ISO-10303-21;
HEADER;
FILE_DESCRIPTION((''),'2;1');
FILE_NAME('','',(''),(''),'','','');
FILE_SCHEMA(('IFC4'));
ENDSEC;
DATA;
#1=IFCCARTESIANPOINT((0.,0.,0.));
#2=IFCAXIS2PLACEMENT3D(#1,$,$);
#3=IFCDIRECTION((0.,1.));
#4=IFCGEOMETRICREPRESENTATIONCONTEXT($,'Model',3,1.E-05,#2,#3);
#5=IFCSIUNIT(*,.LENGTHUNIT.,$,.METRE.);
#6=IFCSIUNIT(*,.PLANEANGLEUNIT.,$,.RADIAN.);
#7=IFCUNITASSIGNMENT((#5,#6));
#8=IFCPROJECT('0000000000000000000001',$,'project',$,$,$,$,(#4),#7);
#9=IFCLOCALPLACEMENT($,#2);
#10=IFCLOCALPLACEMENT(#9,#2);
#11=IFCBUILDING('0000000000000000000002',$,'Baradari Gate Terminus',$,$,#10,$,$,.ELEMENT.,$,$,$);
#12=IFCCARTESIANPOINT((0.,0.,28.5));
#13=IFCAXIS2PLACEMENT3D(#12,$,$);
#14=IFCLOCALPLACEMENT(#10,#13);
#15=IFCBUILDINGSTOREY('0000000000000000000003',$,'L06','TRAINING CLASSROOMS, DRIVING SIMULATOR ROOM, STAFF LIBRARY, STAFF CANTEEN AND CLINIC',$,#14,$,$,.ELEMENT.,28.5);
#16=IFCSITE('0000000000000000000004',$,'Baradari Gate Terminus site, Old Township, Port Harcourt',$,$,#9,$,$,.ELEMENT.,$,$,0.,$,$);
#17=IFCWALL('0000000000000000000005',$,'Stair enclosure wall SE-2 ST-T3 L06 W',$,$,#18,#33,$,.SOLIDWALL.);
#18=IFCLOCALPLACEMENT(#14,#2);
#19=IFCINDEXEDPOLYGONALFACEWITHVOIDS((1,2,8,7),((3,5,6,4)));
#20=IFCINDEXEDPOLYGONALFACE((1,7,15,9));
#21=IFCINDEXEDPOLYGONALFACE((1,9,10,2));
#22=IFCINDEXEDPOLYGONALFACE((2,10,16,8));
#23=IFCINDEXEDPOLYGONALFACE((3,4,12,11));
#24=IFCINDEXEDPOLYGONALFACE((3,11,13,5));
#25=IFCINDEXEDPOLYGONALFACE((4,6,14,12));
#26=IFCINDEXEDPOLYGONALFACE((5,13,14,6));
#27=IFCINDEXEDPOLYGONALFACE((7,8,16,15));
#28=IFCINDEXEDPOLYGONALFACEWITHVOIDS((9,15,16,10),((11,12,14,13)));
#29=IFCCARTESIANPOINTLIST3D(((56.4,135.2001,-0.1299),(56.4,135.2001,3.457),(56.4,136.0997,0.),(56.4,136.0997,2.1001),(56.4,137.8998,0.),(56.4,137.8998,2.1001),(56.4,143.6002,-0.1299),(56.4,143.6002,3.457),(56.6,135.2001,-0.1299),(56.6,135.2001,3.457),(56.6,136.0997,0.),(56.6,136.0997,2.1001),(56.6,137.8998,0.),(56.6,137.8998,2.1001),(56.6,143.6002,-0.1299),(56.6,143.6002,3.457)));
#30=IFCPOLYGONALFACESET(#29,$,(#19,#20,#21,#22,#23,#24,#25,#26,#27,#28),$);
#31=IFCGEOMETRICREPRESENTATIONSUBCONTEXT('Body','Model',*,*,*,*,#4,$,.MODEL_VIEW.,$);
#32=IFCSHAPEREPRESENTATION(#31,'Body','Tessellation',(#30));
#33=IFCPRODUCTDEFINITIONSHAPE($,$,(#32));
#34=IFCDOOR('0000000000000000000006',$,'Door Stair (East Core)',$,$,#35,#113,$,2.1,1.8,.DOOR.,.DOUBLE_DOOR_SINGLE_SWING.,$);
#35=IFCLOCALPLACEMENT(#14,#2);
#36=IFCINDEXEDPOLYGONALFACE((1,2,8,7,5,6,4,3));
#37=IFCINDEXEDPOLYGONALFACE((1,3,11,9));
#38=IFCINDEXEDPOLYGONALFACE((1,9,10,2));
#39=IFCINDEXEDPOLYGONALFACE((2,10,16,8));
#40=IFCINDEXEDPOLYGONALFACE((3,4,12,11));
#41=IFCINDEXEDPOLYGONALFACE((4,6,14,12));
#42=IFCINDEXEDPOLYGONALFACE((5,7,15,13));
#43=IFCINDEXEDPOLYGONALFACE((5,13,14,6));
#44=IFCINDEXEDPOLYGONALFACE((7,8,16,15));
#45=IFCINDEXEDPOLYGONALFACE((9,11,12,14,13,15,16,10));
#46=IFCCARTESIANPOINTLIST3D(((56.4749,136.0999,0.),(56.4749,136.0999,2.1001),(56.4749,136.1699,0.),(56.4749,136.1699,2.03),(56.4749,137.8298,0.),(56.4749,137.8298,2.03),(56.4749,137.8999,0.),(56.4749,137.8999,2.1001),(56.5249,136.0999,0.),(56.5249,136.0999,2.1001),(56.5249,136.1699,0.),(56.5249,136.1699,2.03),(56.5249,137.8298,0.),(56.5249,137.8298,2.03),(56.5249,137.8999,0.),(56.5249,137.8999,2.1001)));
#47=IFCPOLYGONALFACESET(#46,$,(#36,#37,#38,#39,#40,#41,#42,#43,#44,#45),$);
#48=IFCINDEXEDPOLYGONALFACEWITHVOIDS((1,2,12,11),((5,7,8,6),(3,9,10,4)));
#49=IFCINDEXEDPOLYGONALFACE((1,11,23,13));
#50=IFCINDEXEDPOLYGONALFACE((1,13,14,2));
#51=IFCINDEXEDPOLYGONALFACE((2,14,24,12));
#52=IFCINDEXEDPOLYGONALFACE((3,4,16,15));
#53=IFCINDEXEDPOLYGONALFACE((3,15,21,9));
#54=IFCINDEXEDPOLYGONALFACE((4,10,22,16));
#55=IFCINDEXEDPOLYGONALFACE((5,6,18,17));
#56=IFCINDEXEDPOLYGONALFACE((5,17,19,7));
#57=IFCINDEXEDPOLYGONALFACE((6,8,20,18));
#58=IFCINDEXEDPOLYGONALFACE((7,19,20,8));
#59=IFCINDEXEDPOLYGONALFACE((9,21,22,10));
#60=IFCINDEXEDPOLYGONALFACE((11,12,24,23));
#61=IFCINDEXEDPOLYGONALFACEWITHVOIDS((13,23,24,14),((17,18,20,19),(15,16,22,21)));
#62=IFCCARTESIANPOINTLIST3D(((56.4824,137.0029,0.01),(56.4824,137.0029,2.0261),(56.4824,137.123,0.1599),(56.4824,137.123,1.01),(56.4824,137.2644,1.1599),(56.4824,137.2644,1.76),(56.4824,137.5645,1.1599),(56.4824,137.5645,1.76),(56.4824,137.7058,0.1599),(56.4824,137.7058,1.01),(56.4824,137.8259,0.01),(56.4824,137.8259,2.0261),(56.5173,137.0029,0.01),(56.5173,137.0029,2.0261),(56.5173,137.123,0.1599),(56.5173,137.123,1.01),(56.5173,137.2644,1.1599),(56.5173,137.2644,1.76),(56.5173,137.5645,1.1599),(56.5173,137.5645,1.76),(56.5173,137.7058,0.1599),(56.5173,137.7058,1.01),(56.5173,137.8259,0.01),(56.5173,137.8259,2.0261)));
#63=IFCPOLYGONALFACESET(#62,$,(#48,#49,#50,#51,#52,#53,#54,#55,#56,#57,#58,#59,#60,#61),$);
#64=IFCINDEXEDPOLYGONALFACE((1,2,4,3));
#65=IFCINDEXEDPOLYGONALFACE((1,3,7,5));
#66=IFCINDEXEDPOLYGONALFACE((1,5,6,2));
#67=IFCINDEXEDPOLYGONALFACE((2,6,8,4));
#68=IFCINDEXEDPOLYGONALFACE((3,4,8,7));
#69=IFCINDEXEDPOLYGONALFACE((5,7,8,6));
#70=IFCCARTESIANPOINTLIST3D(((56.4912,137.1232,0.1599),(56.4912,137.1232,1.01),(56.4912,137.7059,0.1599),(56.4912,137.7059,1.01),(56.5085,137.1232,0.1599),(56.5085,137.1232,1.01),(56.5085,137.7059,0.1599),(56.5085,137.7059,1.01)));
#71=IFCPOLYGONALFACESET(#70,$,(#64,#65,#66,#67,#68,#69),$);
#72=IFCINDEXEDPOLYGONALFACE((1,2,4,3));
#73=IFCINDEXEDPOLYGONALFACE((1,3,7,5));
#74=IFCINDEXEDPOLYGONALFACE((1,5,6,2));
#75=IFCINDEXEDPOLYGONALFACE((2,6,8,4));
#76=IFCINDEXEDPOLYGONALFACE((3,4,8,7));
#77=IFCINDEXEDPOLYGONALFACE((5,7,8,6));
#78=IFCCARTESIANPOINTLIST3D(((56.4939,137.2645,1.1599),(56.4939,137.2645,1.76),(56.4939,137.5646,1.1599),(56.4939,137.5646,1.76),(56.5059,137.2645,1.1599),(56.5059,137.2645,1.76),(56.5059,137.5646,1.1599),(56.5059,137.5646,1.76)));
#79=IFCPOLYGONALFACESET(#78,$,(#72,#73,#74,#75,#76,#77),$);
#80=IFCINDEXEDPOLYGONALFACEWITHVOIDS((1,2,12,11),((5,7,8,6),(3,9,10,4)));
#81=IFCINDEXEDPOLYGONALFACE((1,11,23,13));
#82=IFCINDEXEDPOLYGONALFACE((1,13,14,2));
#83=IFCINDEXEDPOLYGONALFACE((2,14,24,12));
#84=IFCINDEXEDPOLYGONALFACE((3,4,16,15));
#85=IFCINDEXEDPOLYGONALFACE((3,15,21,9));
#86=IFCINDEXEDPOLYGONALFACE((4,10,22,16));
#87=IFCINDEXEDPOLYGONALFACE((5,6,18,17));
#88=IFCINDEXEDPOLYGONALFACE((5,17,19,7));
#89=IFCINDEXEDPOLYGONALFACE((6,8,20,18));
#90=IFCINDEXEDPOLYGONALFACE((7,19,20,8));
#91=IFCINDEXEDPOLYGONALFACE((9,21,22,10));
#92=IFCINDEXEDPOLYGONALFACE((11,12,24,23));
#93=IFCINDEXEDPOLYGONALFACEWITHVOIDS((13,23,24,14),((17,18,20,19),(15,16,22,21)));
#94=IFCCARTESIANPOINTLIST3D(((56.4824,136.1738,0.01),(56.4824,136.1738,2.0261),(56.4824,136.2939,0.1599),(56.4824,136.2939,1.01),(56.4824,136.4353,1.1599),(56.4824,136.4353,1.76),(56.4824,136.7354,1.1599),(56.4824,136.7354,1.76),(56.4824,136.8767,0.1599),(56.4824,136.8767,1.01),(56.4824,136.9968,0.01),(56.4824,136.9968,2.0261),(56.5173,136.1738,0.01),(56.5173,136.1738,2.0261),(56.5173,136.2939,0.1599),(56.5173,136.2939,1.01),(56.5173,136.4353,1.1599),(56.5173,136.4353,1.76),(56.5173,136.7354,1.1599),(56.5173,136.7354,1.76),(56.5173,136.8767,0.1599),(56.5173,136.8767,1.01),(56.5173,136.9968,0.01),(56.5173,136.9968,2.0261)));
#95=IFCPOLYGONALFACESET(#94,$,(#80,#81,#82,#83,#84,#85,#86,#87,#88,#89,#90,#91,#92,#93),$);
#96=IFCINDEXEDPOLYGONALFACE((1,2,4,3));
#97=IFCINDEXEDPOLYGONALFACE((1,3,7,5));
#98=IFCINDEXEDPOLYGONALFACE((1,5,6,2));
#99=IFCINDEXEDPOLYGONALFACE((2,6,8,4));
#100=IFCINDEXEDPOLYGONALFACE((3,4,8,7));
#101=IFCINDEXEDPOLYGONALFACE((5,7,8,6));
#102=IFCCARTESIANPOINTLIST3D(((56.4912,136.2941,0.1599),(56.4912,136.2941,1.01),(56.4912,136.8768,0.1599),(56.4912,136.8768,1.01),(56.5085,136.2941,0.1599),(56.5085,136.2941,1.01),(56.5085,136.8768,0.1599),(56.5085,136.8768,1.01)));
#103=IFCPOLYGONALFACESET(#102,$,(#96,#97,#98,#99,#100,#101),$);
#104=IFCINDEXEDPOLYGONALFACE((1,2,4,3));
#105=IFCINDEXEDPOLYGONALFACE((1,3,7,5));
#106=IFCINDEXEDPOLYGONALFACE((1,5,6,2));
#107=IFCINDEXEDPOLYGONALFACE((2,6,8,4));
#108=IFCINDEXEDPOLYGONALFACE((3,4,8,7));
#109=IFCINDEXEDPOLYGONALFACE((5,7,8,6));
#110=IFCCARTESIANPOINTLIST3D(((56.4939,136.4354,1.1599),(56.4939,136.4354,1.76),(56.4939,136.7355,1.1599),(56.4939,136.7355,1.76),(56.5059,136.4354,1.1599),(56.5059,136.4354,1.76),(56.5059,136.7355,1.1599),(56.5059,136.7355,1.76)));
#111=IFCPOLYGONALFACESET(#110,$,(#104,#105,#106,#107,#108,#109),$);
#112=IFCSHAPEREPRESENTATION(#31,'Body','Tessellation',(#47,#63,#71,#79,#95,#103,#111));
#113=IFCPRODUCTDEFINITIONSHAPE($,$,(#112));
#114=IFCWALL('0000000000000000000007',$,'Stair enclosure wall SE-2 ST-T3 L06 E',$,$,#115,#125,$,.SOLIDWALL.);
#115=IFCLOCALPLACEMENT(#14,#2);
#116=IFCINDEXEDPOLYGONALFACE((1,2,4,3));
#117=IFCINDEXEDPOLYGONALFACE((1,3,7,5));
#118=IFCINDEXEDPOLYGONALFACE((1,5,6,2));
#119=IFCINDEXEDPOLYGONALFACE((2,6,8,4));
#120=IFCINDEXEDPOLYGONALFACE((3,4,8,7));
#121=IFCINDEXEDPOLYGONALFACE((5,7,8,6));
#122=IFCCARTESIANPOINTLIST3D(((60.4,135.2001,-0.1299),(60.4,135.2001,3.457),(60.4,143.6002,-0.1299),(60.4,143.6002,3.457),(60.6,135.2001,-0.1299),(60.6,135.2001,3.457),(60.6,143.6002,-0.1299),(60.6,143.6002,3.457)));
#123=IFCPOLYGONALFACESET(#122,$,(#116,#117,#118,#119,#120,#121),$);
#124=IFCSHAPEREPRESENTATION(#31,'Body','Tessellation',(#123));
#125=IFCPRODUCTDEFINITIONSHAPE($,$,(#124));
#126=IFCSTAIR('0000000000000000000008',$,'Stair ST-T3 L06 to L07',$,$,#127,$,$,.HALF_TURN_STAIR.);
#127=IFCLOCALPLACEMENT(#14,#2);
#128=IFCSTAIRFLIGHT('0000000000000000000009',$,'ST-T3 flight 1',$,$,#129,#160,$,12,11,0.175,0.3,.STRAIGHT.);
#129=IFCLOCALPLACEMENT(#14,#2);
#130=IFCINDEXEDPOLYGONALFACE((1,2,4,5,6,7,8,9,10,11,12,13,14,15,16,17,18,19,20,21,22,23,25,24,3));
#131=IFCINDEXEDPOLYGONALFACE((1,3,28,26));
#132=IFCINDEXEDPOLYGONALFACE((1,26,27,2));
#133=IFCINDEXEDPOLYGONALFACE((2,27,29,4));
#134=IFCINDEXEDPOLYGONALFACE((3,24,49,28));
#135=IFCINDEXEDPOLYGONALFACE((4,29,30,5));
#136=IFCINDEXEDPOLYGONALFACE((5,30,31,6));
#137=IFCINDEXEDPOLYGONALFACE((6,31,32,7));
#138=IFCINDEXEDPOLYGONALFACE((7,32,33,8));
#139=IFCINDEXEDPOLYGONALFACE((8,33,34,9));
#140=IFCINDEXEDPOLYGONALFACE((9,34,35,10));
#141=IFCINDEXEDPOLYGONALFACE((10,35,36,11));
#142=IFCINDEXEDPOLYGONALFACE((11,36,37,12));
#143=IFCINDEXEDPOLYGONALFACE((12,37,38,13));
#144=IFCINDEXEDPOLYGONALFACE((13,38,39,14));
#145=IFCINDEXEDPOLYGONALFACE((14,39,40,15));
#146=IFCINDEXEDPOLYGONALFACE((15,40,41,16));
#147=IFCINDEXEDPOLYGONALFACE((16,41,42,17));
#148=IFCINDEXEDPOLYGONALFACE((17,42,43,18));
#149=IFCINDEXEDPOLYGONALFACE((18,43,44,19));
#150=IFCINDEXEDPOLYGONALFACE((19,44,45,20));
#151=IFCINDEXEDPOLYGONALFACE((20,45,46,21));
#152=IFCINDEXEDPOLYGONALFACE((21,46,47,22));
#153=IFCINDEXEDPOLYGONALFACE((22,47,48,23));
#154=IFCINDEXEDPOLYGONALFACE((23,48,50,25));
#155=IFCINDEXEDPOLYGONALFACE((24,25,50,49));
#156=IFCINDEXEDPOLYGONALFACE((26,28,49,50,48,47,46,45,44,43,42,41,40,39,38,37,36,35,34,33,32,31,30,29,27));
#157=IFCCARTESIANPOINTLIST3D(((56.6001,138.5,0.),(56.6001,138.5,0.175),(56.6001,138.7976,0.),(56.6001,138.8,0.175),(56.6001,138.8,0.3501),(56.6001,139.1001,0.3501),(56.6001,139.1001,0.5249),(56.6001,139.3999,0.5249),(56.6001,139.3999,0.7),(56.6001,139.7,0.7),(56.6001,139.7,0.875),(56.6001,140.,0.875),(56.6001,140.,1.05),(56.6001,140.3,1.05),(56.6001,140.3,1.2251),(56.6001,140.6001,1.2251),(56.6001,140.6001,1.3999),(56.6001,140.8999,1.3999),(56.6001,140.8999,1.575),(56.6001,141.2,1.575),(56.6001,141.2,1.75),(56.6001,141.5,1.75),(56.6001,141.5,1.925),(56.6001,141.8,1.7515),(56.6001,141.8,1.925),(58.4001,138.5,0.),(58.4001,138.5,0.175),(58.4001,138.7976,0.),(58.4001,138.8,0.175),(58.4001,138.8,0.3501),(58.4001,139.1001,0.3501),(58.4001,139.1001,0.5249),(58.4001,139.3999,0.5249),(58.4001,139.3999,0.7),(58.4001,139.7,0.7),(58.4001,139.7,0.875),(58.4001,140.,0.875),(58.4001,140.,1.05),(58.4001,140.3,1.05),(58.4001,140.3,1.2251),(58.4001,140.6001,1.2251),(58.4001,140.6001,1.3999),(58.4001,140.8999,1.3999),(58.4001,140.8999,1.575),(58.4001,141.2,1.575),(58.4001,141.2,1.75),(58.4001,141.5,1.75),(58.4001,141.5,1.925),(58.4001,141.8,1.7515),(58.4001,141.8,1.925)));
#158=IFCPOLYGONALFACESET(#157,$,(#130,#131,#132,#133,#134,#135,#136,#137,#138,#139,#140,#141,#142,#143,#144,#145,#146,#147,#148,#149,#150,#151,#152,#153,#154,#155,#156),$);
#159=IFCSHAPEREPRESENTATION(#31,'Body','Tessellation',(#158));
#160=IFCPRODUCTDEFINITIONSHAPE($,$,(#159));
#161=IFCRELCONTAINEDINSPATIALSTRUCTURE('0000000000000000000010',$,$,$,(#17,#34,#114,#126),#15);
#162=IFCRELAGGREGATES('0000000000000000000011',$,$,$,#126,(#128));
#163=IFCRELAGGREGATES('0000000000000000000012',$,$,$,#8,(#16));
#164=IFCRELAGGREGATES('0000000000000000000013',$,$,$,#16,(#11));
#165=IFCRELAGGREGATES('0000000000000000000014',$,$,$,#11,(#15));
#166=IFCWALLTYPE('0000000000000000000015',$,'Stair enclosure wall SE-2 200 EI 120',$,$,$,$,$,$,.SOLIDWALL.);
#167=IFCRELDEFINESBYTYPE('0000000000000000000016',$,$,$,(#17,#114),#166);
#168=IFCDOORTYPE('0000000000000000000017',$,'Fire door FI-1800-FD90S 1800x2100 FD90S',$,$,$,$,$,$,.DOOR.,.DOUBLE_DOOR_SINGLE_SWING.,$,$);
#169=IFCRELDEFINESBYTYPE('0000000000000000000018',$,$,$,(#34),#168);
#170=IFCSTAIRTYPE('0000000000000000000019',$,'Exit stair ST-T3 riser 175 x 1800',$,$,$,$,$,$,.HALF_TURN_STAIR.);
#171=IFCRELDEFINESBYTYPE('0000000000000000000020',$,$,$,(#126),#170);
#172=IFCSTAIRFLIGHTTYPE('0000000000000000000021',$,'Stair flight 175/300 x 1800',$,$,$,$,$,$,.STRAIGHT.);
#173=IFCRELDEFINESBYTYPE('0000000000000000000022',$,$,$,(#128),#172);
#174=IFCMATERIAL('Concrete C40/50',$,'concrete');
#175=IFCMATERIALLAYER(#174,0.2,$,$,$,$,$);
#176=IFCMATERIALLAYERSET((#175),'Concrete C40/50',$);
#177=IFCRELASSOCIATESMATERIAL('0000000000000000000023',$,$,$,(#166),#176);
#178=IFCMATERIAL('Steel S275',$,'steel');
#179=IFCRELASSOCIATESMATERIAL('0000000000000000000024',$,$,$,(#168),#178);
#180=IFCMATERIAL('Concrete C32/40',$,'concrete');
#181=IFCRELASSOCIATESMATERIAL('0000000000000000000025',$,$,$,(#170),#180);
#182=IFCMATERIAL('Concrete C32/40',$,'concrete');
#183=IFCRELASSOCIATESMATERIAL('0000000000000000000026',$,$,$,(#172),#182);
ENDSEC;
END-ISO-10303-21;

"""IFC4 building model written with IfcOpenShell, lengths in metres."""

from ifc_helpers import new_model, si_unit, direction, frame, frame_2d, origin, place, context, subcontext, project, spatial, polyline, rectangle, outline, extrude, material, layer, layer_set, type_object, element, fill, aggregate, save


model = new_model("IFC4")

# Units and contexts
model_context = context("Model", 3, precision=1e-05, world=origin(), true_north=direction((0.0, 1.0)))
body_context = subcontext(model_context, "Body", "Model", "MODEL_VIEW")
ifc_project = project(units=[si_unit("LENGTHUNIT", "METRE"), si_unit("PLANEANGLEUNIT", "RADIAN")], contexts=[model_context])

# Site, building, storey
site_placement = place(None, origin())
site = spatial("IfcSite", under=ifc_project, at=site_placement, Name="Baradari Gate Terminus site, Old Township, Port Harcourt", CompositionType="ELEMENT", RefElevation=0.0)
building_placement = place(site_placement, origin())
building = spatial("IfcBuilding", under=site, at=building_placement, Name="Baradari Gate Terminus", CompositionType="ELEMENT")
storey_placement = place(building_placement, frame((0.0, 0.0, 28.5)))
storey = spatial("IfcBuildingStorey", under=building, at=storey_placement, Name="L06", Description="TRAINING CLASSROOMS, DRIVING SIMULATOR ROOM, STAFF LIBRARY, STAFF CANTEEN AND CLINIC", CompositionType="ELEMENT", Elevation=28.5)

# Wall, opening, door
ifc_material_1 = material(Name="Concrete C40/50", Category="concrete")
ifc_layer_1 = layer(ifc_material_1, 0.2)
ifc_layer_set_1 = layer_set([ifc_layer_1], Name="Concrete C40/50")
wall_type_1 = type_object("IfcWallType", Name="Stair enclosure wall SE-2 200 EI 120", PredefinedType="SOLIDWALL", material=ifc_layer_set_1)
ifc_material_2 = material(Name="Steel S275", Category="steel")
door_type_1 = type_object("IfcDoorType", Name="Fire door FI-1800-FD90S 1800x2100 FD90S", OperationType="DOUBLE_DOOR_SINGLE_SWING", PredefinedType="DOOR", material=ifc_material_2)
wall_1_placement = place(storey_placement, frame((56.5, 135.2, -0.1299), z_axis=(0.0, 0.0, 1.0), x_axis=(0.0, 1.0, 0.0)))
wall_1 = element("IfcWall", 1, at=wall_1_placement, inside=storey, type_object=wall_type_1, Name="Stair enclosure wall SE-2 ST-T3 L06 W", PredefinedType="SOLIDWALL", context=body_context, shape_type="SweptSolid", body=[
    extrude(rectangle(XDim=8.4001, YDim=0.2, at=frame_2d((4.2002, 0.0))), origin(), (0.0, 0.0, 1.0), 3.5869),
])
opening_1_placement = place(wall_1_placement, frame((0.8999, 0.0, 0.1299)))
opening_1 = element("IfcOpeningElement", 2, at=opening_1_placement, cuts=wall_1, PredefinedType="OPENING", context=body_context, shape_type="SweptSolid", body=[
    extrude(rectangle(XDim=1.8, YDim=2.1001, at=frame_2d((0.8999, 1.05))), frame((0.0, 0.1099, 0.0), z_axis=(0.0, -1.0, 0.0), x_axis=(1.0, 0.0, 0.0)), (0.0, 0.0, 1.0), 0.22),
])
door_1_placement = place(opening_1_placement, frame((1.8, 0.0, 0.0), z_axis=(0.0, 0.0, 1.0), x_axis=(-1.0, 0.0, 0.0)))
door_1 = element("IfcDoor", 3, at=door_1_placement, inside=storey, type_object=door_type_1, Name="Door Stair (East Core)", OperationType="DOUBLE_DOOR_SINGLE_SWING", OverallHeight=2.1, OverallWidth=1.8, PredefinedType="DOOR", context=body_context, shape_type="SweptSolid", body=[
    extrude(outline(polyline([(0.0, 0.0), (0.0701, 0.0), (0.0701, 2.03), (1.73, 2.03), (1.73, 0.0), (1.8, 0.0), (1.8, 2.1001), (0.0, 2.1001), (0.0, 0.0)])), frame((0.0, 0.0249, 0.0), z_axis=(0.0, -1.0, 0.0), x_axis=(1.0, 0.0, 0.0)), (0.0, 0.0, 1.0), 0.05),
    extrude(outline(polyline([(0.074, 0.01), (0.897, 0.01), (0.897, 2.0261), (0.074, 2.0261), (0.074, 0.01)]), holes=[polyline([(0.1941, 0.1599), (0.7769, 0.1599), (0.7769, 1.01), (0.1941, 1.01), (0.1941, 0.1599)]), polyline([(0.3354, 1.1599), (0.6355, 1.1599), (0.6355, 1.76), (0.3354, 1.76), (0.3354, 1.1599)])]), frame((0.0, 0.0173, 0.0), z_axis=(0.0, -1.0, 0.0), x_axis=(1.0, 0.0, 0.0)), (0.0, 0.0, 1.0), 0.0349),
    extrude(rectangle(XDim=0.5828, YDim=0.8501, at=frame_2d((0.4854, 0.585))), frame((0.0, 0.0085, 0.0), z_axis=(0.0, -1.0, 0.0), x_axis=(1.0, 0.0, 0.0)), (0.0, 0.0, 1.0), 0.0173),
    extrude(rectangle(XDim=0.3, YDim=0.6001, at=frame_2d((0.4854, 1.46))), frame((0.0, 0.0059, 0.0), z_axis=(0.0, -1.0, 0.0), x_axis=(1.0, 0.0, 0.0)), (0.0, 0.0, 1.0), 0.012),
    extrude(outline(polyline([(0.9031, 0.01), (1.7261, 0.01), (1.7261, 2.0261), (0.9031, 2.0261), (0.9031, 0.01)]), holes=[polyline([(1.0232, 0.1599), (1.606, 0.1599), (1.606, 1.01), (1.0232, 1.01), (1.0232, 0.1599)]), polyline([(1.1646, 1.1599), (1.4646, 1.1599), (1.4646, 1.76), (1.1646, 1.76), (1.1646, 1.1599)])]), frame((0.0, 0.0173, 0.0), z_axis=(0.0, -1.0, 0.0), x_axis=(1.0, 0.0, 0.0)), (0.0, 0.0, 1.0), 0.0349),
    extrude(rectangle(XDim=0.5828, YDim=0.8501, at=frame_2d((1.3145, 0.585))), frame((0.0, 0.0085, 0.0), z_axis=(0.0, -1.0, 0.0), x_axis=(1.0, 0.0, 0.0)), (0.0, 0.0, 1.0), 0.0173),
    extrude(rectangle(XDim=0.3, YDim=0.6001, at=frame_2d((1.3145, 1.46))), frame((0.0, 0.0059, 0.0), z_axis=(0.0, -1.0, 0.0), x_axis=(1.0, 0.0, 0.0)), (0.0, 0.0, 1.0), 0.012),
])
fill(opening_1, door_1)

# Wall
wall_2_placement = place(storey_placement, frame((60.5, 135.2, -0.1299), z_axis=(0.0, 0.0, 1.0), x_axis=(0.0, 1.0, 0.0)))
element("IfcWall", 4, at=wall_2_placement, inside=storey, type_object=wall_type_1, Name="Stair enclosure wall SE-2 ST-T3 L06 E", PredefinedType="SOLIDWALL", context=body_context, shape_type="SweptSolid", body=[
    extrude(rectangle(XDim=8.4001, YDim=0.2, at=frame_2d((4.2002, 0.0))), origin(), (0.0, 0.0, 1.0), 3.5869),
])

# Stair, stair flight
ifc_material_3 = material(Name="Concrete C32/40", Category="concrete")
stair_type = type_object("IfcStairType", Name="Exit stair ST-T3 riser 175 x 1800", PredefinedType="HALF_TURN_STAIR", material=ifc_material_3)
stair_placement = place(storey_placement, origin())
stair = element("IfcStair", 5, at=stair_placement, inside=storey, type_object=stair_type, Name="Stair ST-T3 L06 to L07", PredefinedType="HALF_TURN_STAIR")
ifc_material_4 = material(Name="Concrete C32/40", Category="concrete")
stair_flight_type = type_object("IfcStairFlightType", Name="Stair flight 175/300 x 1800", PredefinedType="STRAIGHT", material=ifc_material_4)
stair_flight_placement = place(storey_placement, frame((57.5, 138.5, 0.0), z_axis=(0.0, 0.0, 1.0), x_axis=(0.0, 1.0, 0.0)))
stair_flight = element("IfcStairFlight", 6, at=stair_flight_placement, type_object=stair_flight_type, Name="ST-T3 flight 1", NumberOfRisers=12, NumberOfTreads=11, PredefinedType="STRAIGHT", RiserHeight=0.175, TreadLength=0.3, context=body_context, shape_type="SweptSolid", body=[
    extrude(outline(polyline([(0.0, 0.0), (0.0, 0.175), (0.3, 0.175), (0.3, 0.3501), (0.6001, 0.3501), (0.6001, 0.5249), (0.8999, 0.5249), (0.8999, 0.7), (1.2, 0.7), (1.2, 0.875), (1.5, 0.875), (1.5, 1.05), (1.8, 1.05), (1.8, 1.2251), (2.1001, 1.2251), (2.1001, 1.3999), (2.3999, 1.3999), (2.3999, 1.575), (2.7, 1.575), (2.7, 1.75), (3.0, 1.75), (3.0, 1.925), (3.3, 1.925), (3.3, 2.1001), (3.3, 1.7515), (0.2976, 0.0), (0.0, 0.0)])), frame((0.0, 0.8999, 0.0), z_axis=(0.0, -1.0, 0.0), x_axis=(1.0, 0.0, 0.0)), (0.0, 0.0, 1.0), 1.8),
])
aggregate(stair, [stair_flight])

save(model, "model.ifc")
